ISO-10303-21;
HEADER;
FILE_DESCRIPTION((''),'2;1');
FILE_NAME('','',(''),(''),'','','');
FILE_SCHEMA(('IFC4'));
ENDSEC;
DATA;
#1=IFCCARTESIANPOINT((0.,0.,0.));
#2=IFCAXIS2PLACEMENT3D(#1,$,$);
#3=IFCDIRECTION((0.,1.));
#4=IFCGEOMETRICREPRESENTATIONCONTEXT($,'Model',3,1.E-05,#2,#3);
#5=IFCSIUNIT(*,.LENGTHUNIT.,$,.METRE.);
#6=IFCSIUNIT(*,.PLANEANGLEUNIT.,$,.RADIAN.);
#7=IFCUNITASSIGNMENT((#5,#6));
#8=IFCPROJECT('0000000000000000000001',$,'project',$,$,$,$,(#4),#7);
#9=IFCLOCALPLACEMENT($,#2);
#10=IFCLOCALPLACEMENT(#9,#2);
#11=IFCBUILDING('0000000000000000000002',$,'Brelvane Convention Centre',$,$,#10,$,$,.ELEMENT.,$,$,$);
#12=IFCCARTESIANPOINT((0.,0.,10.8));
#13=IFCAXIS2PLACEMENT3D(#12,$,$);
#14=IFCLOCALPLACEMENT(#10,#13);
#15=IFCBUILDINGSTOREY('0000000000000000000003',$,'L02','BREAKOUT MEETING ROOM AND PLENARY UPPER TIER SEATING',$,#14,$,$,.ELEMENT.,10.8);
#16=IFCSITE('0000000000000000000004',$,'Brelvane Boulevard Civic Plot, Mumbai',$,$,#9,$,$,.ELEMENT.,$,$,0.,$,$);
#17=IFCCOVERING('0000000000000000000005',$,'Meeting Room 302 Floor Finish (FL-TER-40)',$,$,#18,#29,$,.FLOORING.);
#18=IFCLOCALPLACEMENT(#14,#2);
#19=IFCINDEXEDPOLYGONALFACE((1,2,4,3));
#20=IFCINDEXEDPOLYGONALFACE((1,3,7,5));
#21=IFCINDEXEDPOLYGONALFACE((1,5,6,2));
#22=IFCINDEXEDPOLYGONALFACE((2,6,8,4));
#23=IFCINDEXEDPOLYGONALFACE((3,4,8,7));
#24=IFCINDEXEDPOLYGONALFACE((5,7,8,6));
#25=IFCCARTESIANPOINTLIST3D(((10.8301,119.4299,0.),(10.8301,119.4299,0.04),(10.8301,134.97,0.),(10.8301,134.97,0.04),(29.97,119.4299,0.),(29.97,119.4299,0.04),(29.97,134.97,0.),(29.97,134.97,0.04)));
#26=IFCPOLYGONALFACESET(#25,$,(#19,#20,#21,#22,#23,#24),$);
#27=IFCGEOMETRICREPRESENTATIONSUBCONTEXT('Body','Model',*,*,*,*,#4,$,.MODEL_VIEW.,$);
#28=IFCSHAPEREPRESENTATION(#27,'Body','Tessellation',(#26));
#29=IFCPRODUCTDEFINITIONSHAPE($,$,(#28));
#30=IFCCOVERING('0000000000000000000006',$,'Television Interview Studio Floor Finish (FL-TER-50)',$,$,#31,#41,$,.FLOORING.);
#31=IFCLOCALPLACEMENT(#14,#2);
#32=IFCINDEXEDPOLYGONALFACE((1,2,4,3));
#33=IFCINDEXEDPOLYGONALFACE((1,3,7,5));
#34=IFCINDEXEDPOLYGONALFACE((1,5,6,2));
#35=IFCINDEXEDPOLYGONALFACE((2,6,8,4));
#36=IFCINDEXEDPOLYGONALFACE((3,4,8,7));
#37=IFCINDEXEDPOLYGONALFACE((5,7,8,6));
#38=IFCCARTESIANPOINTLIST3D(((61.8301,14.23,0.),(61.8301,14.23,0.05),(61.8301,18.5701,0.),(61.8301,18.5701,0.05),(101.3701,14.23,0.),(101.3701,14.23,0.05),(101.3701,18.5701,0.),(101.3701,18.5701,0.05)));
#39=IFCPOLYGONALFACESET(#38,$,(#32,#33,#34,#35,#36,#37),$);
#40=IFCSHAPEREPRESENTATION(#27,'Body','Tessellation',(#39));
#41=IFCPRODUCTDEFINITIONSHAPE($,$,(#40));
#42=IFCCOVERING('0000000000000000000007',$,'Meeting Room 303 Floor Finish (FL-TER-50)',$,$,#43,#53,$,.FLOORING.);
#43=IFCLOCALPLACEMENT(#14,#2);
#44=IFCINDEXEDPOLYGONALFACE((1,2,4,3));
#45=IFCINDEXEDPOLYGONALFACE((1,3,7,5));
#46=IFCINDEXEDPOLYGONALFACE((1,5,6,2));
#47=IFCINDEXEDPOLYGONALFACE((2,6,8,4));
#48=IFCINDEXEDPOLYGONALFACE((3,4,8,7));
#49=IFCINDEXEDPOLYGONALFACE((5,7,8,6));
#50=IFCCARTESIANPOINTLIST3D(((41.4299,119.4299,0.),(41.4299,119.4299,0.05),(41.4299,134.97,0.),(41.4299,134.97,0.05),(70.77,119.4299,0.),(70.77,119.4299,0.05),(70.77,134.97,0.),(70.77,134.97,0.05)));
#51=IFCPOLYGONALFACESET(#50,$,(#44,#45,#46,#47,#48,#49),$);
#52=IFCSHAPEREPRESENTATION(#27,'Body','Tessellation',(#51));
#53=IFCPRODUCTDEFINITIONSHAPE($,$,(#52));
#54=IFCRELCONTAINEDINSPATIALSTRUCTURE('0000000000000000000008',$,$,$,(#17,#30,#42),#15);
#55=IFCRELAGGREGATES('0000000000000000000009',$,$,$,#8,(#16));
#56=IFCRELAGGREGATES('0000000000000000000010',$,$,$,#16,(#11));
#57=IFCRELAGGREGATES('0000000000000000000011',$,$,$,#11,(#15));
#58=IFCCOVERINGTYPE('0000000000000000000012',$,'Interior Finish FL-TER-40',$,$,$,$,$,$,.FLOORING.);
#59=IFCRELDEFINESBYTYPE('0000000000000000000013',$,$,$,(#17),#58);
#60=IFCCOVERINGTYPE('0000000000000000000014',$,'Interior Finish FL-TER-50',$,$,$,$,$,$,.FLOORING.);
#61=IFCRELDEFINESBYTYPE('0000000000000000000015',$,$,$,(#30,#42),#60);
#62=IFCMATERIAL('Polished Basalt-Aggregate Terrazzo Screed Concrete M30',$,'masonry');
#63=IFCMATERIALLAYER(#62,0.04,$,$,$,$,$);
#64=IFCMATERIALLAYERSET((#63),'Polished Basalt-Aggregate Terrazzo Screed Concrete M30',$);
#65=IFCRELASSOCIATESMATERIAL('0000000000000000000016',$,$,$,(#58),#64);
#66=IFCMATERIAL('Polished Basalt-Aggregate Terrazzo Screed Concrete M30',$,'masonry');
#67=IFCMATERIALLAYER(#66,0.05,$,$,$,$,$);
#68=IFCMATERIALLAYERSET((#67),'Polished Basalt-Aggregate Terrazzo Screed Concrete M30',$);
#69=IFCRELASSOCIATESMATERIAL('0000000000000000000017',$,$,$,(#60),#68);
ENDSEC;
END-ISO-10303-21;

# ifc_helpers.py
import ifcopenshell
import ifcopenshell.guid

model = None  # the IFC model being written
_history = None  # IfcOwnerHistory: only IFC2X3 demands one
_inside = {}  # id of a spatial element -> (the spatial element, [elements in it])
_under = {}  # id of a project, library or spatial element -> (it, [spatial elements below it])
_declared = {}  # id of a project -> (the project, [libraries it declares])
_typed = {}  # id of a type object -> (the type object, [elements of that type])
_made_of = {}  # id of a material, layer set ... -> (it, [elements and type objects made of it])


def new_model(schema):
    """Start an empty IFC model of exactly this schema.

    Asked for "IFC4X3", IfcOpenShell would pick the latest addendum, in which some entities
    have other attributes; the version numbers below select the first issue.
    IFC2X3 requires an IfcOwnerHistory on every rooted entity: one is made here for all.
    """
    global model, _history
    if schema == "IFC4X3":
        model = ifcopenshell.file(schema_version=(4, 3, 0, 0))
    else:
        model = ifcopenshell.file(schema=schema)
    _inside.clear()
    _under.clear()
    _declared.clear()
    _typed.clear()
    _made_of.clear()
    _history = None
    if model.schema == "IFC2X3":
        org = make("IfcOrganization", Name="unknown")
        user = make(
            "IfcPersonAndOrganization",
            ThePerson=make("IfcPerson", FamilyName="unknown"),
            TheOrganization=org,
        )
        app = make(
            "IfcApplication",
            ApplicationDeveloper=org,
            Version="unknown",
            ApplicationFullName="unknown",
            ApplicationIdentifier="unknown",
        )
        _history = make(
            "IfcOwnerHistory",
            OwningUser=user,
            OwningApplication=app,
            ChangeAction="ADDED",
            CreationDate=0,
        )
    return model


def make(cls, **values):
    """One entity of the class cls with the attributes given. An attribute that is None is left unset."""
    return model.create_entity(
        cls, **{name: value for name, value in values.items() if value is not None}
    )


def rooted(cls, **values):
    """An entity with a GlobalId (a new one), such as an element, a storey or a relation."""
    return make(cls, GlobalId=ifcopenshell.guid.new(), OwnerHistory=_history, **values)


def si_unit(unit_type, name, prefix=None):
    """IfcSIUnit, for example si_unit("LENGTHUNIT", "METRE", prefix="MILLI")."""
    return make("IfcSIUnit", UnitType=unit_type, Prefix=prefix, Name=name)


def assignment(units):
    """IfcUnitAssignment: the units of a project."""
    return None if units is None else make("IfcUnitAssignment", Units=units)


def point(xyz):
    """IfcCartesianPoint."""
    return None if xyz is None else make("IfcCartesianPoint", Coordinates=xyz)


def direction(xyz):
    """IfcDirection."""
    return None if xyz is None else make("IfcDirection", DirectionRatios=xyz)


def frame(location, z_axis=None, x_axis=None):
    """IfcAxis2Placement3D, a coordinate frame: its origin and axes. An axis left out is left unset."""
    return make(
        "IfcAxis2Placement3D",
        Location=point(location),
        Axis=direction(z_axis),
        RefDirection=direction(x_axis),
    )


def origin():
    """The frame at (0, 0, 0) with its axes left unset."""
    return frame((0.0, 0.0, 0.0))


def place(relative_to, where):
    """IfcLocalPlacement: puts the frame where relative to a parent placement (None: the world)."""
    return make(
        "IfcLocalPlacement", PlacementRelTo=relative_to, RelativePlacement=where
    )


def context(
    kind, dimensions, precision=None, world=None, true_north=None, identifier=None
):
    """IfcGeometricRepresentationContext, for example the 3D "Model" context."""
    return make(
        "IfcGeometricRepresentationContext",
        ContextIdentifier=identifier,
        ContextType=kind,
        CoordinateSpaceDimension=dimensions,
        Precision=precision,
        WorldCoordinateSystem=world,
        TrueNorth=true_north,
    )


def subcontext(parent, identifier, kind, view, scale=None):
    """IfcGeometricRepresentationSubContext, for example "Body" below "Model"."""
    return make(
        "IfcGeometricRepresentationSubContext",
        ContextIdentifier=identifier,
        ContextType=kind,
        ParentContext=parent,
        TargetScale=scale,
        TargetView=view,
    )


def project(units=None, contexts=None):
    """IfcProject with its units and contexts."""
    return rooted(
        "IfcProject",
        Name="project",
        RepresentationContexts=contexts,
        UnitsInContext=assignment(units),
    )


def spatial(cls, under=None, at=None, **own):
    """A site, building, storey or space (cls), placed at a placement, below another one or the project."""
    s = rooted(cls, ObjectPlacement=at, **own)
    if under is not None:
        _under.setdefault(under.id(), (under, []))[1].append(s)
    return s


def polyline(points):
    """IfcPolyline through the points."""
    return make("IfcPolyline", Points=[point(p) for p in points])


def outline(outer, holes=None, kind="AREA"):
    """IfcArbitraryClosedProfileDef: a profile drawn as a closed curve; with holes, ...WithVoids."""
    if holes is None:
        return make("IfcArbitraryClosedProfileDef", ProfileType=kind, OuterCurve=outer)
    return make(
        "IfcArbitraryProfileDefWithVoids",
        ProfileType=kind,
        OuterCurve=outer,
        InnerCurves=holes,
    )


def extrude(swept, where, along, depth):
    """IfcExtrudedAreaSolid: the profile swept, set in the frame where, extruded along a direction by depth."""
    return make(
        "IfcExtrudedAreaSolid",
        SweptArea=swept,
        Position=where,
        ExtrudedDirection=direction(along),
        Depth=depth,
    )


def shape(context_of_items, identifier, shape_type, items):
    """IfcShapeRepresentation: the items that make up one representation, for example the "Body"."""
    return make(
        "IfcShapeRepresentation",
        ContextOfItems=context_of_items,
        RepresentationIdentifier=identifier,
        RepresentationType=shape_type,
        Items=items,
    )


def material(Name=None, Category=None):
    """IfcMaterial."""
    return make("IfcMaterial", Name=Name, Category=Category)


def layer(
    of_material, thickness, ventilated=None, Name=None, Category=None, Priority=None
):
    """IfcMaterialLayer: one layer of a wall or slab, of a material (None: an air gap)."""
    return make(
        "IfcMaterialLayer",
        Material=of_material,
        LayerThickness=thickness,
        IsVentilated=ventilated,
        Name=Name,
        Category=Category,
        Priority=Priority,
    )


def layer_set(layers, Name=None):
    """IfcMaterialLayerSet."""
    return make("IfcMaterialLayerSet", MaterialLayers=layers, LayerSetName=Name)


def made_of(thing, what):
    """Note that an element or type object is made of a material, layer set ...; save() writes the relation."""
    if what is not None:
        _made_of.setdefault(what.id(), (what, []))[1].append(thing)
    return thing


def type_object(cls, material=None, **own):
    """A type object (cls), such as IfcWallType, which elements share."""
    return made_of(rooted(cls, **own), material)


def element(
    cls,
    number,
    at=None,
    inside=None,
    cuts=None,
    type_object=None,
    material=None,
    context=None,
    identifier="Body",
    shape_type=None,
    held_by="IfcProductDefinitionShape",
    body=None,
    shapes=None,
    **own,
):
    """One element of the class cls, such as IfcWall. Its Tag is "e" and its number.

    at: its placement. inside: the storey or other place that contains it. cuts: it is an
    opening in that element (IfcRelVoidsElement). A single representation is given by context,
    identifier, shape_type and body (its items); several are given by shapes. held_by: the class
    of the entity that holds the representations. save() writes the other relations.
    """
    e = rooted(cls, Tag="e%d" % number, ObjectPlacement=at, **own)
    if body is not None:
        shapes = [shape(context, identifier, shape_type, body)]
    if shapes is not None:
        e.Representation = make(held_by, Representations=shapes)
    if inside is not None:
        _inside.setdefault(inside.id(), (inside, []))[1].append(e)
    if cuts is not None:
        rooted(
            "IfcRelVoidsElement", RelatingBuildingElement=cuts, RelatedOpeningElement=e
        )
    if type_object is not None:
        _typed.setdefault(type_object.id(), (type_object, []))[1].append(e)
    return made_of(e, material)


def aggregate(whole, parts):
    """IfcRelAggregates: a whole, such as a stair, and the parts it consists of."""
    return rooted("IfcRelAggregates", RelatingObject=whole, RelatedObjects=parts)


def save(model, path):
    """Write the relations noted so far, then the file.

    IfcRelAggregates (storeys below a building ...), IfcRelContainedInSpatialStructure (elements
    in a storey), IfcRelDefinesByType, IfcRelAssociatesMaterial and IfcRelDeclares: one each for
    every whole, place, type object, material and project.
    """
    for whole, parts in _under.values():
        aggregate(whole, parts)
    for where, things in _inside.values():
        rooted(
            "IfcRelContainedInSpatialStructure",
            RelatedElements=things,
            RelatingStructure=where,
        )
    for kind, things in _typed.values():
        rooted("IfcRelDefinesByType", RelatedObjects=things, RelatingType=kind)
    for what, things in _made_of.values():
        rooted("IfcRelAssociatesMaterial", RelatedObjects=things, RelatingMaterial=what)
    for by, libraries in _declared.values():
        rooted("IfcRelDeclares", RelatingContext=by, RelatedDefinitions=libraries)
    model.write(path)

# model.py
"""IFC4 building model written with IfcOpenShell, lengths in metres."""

from ifc_helpers import new_model, si_unit, direction, frame, origin, place, context, subcontext, project, spatial, polyline, outline, extrude, material, layer, layer_set, type_object, element, save


model = new_model("IFC4")

# Units and contexts
model_context = context("Model", 3, precision=1e-05, world=origin(), true_north=direction((0.0, 1.0)))
body_context = subcontext(model_context, "Body", "Model", "MODEL_VIEW")
ifc_project = project(units=[si_unit("LENGTHUNIT", "METRE"), si_unit("PLANEANGLEUNIT", "RADIAN")], contexts=[model_context])

# Site, building, storey
site_placement = place(None, origin())
site = spatial("IfcSite", under=ifc_project, at=site_placement, Name="Brelvane Boulevard Civic Plot, Mumbai", CompositionType="ELEMENT", RefElevation=0.0)
building_placement = place(site_placement, origin())
building = spatial("IfcBuilding", under=site, at=building_placement, Name="Brelvane Convention Centre", CompositionType="ELEMENT")
storey_placement = place(building_placement, frame((0.0, 0.0, 10.8)))
storey = spatial("IfcBuildingStorey", under=building, at=storey_placement, Name="L02", Description="BREAKOUT MEETING ROOM AND PLENARY UPPER TIER SEATING", CompositionType="ELEMENT", Elevation=10.8)

# Coverings
ifc_material_1 = material(Name="Polished Basalt-Aggregate Terrazzo Screed Concrete M30", Category="masonry")
ifc_layer_1 = layer(ifc_material_1, 0.04)
ifc_layer_set_1 = layer_set([ifc_layer_1], Name="Polished Basalt-Aggregate Terrazzo Screed Concrete M30")
covering_type_1 = type_object("IfcCoveringType", Name="Interior Finish FL-TER-40", PredefinedType="FLOORING", material=ifc_layer_set_1)
covering_1_placement = place(storey_placement, origin())
element("IfcCovering", 1, at=covering_1_placement, inside=storey, type_object=covering_type_1, Name="Meeting Room 302 Floor Finish (FL-TER-40)", PredefinedType="FLOORING", context=body_context, shape_type="SweptSolid", body=[
    extrude(outline(polyline([(10.8301, 119.4299), (29.97, 119.4299), (29.97, 134.97), (10.8301, 134.97), (10.8301, 119.4299)])), origin(), (0.0, 0.0, 1.0), 0.04),
])
ifc_material_2 = material(Name="Polished Basalt-Aggregate Terrazzo Screed Concrete M30", Category="masonry")
ifc_layer_2 = layer(ifc_material_2, 0.05)
ifc_layer_set_2 = layer_set([ifc_layer_2], Name="Polished Basalt-Aggregate Terrazzo Screed Concrete M30")
covering_type_2 = type_object("IfcCoveringType", Name="Interior Finish FL-TER-50", PredefinedType="FLOORING", material=ifc_layer_set_2)
covering_2_placement = place(storey_placement, origin())
element("IfcCovering", 2, at=covering_2_placement, inside=storey, type_object=covering_type_2, Name="Television Interview Studio Floor Finish (FL-TER-50)", PredefinedType="FLOORING", context=body_context, shape_type="SweptSolid", body=[
    extrude(outline(polyline([(61.8301, 14.23), (101.3701, 14.23), (101.3701, 18.5701), (61.8301, 18.5701), (61.8301, 14.23)])), origin(), (0.0, 0.0, 1.0), 0.05),
])
covering_3_placement = place(storey_placement, origin())
element("IfcCovering", 3, at=covering_3_placement, inside=storey, type_object=covering_type_2, Name="Meeting Room 303 Floor Finish (FL-TER-50)", PredefinedType="FLOORING", context=body_context, shape_type="SweptSolid", body=[
    extrude(outline(polyline([(41.4299, 119.4299), (70.77, 119.4299), (70.77, 134.97), (41.4299, 134.97), (41.4299, 119.4299)])), origin(), (0.0, 0.0, 1.0), 0.05),
])

save(model, "model.ifc")
